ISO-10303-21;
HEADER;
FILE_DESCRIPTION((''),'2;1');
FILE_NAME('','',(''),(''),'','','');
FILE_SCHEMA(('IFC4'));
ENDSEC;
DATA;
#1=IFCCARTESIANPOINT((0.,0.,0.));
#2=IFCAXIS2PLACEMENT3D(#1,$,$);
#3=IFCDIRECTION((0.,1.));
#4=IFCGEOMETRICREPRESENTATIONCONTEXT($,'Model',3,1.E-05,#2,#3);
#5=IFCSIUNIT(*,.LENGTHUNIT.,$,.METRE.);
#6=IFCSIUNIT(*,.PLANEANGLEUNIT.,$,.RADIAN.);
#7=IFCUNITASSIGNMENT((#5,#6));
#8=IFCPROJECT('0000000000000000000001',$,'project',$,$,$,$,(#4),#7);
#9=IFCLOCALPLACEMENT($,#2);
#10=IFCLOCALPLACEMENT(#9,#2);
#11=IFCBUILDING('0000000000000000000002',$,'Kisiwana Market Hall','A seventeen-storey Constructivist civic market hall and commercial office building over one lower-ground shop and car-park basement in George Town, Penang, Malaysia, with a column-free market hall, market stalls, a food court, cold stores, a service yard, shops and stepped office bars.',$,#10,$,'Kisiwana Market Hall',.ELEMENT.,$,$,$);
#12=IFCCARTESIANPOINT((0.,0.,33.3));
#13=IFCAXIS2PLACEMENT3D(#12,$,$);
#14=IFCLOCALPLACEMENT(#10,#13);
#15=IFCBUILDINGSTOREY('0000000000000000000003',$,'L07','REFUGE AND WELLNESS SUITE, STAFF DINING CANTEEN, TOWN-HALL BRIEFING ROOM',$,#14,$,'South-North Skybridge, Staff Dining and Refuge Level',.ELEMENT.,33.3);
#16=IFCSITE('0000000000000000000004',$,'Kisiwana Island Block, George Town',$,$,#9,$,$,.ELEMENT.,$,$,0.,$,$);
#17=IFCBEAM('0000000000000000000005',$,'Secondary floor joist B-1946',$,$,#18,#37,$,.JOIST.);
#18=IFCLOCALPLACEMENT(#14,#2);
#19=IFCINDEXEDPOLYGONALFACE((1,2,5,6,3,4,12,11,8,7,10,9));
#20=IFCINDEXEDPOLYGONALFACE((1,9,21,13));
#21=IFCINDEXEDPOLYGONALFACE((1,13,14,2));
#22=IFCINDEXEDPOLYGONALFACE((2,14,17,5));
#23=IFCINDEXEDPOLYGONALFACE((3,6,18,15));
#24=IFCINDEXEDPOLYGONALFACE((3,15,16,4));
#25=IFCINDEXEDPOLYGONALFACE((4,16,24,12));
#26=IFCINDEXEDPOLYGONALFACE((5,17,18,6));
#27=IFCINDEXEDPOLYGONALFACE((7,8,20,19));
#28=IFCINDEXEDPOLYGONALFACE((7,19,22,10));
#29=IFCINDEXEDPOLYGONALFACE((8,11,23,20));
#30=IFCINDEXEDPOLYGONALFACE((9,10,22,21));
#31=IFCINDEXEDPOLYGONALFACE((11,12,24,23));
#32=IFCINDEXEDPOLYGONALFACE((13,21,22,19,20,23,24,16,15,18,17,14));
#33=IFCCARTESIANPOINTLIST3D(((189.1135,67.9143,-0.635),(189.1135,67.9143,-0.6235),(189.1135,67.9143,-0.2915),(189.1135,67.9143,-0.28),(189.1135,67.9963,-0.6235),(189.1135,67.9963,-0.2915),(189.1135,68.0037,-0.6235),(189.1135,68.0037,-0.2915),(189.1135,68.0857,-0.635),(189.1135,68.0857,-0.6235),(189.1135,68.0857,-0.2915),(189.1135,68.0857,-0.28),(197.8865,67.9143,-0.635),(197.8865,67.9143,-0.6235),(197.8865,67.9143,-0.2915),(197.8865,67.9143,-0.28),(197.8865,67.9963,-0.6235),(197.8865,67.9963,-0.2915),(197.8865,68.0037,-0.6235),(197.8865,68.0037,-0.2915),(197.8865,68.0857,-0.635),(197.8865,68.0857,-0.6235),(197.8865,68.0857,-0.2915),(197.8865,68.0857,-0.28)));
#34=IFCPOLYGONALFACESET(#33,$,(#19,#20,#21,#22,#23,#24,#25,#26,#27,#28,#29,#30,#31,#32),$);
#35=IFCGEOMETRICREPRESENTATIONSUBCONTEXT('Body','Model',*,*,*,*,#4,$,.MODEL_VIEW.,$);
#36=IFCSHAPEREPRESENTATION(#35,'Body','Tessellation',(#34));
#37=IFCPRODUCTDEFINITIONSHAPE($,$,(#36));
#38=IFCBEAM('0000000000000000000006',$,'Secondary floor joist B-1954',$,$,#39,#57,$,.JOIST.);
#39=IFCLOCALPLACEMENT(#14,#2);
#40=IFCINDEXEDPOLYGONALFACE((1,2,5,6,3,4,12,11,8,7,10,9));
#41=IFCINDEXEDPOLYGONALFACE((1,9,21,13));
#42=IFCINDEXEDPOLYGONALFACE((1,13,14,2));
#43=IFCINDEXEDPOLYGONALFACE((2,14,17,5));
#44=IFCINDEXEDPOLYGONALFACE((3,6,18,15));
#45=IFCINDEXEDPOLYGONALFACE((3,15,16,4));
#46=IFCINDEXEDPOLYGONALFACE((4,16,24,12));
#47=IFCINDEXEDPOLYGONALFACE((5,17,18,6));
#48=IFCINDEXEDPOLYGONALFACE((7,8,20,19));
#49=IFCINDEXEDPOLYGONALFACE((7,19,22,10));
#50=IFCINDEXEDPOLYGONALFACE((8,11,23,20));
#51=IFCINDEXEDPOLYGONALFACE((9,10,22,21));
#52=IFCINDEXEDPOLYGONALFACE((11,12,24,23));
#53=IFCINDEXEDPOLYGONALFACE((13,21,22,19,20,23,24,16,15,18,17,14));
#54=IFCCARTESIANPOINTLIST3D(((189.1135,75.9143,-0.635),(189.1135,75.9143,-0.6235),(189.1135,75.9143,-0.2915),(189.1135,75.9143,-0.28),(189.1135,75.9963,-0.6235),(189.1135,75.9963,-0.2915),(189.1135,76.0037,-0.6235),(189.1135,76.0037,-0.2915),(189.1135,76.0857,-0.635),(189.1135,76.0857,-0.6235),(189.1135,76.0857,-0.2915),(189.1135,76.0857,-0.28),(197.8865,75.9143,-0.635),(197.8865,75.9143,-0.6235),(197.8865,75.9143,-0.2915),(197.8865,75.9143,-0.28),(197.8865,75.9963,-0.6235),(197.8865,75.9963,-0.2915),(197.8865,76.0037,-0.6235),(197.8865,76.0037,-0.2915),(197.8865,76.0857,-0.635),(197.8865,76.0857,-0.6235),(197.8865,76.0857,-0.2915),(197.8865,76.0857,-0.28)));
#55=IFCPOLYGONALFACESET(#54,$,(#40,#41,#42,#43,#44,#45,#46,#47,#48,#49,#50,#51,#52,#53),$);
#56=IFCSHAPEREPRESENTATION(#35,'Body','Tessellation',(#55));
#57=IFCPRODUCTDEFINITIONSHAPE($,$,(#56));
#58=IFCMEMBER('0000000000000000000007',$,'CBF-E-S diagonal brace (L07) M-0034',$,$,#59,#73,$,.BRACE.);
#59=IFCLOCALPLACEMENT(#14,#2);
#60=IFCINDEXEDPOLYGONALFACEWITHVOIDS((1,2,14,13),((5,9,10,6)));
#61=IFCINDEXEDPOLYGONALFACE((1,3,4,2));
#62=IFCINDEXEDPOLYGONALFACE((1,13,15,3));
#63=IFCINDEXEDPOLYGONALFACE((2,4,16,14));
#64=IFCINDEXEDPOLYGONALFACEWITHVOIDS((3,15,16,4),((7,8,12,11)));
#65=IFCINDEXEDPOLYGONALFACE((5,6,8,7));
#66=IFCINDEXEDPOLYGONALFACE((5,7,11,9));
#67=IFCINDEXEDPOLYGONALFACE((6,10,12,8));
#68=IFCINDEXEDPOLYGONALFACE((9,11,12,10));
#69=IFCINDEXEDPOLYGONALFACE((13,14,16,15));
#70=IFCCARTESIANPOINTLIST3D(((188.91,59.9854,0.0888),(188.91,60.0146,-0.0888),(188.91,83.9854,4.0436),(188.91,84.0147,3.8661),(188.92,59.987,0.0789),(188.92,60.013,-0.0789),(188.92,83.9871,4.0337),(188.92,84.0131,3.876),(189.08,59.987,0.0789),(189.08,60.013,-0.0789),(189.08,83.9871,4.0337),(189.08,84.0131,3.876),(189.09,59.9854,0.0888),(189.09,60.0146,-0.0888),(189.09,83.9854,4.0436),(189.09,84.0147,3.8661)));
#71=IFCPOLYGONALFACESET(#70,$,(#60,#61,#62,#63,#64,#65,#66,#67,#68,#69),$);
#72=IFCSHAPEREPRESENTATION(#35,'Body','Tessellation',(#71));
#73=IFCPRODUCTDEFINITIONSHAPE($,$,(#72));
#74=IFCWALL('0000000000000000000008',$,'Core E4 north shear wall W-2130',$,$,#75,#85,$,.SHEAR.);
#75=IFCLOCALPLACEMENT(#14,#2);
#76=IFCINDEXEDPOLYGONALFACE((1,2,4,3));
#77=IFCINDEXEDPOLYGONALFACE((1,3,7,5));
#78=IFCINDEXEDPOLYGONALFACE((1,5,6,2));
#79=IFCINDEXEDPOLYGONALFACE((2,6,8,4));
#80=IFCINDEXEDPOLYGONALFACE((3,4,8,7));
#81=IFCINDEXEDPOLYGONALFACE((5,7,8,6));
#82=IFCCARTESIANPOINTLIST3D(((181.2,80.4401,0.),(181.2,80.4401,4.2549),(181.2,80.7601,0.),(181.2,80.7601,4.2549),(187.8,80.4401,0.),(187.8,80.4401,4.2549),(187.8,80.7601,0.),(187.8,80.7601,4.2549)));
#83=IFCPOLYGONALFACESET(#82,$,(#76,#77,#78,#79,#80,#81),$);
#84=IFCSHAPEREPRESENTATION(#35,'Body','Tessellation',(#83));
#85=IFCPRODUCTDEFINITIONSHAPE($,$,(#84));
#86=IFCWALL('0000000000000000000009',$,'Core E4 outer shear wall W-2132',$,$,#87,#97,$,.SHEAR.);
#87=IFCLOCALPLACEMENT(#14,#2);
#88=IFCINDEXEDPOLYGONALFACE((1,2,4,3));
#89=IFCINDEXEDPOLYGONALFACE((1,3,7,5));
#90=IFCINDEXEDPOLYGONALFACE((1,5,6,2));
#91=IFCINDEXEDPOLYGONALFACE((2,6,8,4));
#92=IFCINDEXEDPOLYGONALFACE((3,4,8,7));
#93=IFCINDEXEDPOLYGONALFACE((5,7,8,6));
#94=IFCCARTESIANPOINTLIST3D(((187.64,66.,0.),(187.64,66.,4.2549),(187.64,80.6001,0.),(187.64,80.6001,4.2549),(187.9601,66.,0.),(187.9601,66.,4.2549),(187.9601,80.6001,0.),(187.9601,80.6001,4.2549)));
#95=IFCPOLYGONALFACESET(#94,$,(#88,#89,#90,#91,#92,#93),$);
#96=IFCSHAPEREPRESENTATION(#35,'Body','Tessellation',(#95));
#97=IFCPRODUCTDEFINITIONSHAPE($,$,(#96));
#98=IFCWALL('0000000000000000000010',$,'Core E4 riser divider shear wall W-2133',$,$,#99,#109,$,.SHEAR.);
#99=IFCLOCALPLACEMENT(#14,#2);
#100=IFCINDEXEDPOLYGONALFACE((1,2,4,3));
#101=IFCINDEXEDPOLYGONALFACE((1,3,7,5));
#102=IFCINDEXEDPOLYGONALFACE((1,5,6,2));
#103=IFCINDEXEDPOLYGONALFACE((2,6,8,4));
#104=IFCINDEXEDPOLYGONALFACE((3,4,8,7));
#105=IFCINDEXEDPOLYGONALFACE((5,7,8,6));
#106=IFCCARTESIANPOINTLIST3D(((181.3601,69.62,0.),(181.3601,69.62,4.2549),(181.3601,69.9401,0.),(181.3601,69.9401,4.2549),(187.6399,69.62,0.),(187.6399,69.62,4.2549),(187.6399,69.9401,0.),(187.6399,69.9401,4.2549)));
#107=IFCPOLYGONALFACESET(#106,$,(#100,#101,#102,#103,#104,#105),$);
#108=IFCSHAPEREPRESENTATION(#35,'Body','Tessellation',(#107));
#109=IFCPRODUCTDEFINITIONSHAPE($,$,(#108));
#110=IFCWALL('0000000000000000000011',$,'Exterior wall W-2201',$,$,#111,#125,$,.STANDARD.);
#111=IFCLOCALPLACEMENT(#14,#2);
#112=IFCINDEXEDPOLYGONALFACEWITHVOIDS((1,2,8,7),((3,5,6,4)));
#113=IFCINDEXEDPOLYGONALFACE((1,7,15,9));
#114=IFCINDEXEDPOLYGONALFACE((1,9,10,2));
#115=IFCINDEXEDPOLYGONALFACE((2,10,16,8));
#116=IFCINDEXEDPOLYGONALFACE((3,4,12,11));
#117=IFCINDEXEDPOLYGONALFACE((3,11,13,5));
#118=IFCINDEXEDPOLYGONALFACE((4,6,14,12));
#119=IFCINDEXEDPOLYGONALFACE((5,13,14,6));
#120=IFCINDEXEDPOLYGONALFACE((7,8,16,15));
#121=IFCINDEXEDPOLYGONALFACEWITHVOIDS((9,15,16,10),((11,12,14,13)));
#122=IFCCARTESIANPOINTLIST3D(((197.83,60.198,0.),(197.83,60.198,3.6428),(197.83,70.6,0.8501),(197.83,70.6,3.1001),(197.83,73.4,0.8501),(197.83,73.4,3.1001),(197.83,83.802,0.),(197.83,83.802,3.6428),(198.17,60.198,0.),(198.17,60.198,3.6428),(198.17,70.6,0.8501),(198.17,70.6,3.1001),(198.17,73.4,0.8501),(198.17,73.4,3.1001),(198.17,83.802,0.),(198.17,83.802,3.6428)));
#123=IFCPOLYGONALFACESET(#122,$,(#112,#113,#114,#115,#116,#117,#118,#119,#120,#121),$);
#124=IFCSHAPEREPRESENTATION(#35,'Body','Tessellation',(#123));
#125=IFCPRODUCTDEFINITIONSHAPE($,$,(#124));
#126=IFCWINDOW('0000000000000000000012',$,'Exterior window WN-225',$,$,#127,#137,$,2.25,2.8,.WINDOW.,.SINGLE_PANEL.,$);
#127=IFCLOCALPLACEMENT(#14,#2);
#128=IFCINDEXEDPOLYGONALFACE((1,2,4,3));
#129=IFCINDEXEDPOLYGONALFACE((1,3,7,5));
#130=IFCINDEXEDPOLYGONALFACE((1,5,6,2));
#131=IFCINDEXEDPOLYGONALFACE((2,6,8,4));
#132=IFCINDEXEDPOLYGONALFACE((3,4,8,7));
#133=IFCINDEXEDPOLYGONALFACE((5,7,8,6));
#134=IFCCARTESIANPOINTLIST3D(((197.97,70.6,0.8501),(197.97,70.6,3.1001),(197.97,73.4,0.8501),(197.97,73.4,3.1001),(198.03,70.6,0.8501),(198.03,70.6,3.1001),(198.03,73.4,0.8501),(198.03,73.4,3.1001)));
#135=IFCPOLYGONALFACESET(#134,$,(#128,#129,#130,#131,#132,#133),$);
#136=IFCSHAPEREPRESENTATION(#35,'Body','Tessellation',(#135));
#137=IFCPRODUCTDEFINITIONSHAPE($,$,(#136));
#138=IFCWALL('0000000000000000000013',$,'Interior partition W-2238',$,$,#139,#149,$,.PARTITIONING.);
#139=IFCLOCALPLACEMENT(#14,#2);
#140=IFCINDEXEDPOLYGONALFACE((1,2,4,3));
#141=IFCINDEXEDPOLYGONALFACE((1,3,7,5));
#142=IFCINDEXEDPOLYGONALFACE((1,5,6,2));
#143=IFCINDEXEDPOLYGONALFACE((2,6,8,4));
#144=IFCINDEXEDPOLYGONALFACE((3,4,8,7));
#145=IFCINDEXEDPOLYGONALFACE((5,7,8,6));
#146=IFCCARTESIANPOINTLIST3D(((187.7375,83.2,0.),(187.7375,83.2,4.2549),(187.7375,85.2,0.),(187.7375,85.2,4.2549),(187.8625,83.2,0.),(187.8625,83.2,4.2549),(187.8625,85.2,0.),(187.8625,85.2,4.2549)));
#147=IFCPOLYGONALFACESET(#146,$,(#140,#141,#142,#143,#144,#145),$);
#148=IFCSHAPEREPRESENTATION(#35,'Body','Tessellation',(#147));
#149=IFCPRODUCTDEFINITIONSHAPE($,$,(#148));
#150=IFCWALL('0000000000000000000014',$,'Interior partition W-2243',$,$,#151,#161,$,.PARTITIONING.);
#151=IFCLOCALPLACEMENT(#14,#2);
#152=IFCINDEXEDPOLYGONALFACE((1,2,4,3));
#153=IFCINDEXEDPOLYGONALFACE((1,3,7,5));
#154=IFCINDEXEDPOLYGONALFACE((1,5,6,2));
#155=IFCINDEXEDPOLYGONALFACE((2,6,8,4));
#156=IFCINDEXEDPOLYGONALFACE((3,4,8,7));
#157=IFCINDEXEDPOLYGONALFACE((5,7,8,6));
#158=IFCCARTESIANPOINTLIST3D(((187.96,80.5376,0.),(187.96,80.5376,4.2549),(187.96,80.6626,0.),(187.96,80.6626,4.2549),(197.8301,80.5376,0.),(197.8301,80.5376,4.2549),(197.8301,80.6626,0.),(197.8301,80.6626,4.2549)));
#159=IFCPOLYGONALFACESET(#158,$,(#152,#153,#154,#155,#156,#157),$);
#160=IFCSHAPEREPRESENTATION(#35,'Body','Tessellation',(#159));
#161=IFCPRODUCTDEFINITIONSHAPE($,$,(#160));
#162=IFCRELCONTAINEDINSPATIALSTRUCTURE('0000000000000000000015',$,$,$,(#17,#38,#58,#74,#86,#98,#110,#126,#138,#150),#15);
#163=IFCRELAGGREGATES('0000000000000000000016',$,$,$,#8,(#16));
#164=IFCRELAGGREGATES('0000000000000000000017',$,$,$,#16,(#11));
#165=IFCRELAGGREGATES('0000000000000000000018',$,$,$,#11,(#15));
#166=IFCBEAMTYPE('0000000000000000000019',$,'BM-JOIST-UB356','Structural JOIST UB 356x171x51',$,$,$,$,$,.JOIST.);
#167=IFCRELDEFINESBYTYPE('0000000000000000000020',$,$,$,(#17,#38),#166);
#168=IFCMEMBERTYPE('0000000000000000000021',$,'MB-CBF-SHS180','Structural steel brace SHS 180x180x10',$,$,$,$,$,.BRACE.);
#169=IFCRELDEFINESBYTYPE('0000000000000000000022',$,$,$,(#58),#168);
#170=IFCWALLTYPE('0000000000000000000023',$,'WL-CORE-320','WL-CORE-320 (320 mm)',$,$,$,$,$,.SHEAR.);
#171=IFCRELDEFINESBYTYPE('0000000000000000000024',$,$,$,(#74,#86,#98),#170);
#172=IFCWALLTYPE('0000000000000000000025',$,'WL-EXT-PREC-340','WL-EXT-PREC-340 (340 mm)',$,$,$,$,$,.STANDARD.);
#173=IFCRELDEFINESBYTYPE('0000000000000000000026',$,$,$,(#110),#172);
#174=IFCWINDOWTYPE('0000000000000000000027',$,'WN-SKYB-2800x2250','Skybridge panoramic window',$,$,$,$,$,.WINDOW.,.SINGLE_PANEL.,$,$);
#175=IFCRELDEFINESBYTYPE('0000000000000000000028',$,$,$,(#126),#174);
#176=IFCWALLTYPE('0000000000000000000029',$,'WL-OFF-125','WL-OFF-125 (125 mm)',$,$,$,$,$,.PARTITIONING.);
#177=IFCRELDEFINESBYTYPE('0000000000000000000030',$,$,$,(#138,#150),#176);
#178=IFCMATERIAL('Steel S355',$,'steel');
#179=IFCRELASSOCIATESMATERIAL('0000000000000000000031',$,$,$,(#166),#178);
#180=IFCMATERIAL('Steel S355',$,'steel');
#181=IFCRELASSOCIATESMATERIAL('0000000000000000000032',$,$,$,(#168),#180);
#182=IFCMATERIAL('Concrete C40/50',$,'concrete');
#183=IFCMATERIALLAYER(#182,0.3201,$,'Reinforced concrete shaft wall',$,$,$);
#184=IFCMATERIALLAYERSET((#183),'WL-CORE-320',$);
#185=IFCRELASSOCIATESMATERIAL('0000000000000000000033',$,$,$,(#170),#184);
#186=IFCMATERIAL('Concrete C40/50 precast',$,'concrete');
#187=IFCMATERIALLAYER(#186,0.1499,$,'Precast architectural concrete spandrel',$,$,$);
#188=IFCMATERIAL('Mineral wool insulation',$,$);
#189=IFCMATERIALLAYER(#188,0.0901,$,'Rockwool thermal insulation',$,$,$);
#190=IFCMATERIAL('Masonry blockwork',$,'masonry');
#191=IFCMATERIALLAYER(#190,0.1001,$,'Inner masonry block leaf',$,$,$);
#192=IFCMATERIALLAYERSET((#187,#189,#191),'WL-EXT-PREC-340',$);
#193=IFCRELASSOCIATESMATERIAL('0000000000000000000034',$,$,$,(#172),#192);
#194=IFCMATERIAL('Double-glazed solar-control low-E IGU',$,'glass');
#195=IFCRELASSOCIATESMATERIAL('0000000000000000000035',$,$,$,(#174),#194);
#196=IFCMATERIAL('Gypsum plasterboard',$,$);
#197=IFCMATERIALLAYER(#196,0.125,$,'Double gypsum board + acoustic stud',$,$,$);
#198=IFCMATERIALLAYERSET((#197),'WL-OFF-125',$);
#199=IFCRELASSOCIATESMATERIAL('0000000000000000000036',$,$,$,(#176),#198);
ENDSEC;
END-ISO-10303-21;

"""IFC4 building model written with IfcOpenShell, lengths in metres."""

from ifc_helpers import new_model, si_unit, direction, frame, frame_2d, origin, origin_2d, place, context, subcontext, project, spatial, rectangle, hollow_rectangle, i_section, extrude, material, layer, layer_set, material_profile, profile_set, type_object, element, fill, save


model = new_model("IFC4")

# Units and contexts
model_context = context("Model", 3, precision=1e-05, world=origin(), true_north=direction((0.0, 1.0)))
body_context = subcontext(model_context, "Body", "Model", "MODEL_VIEW")
ifc_project = project(units=[si_unit("LENGTHUNIT", "METRE"), si_unit("PLANEANGLEUNIT", "RADIAN")], contexts=[model_context])

# Site, building, storey
site_placement = place(None, origin())
site = spatial("IfcSite", under=ifc_project, at=site_placement, Name="Kisiwana Island Block, George Town", CompositionType="ELEMENT", RefElevation=0.0)
building_placement = place(site_placement, origin())
building = spatial("IfcBuilding", under=site, at=building_placement, Name="Kisiwana Market Hall", Description="A seventeen-storey Constructivist civic market hall and commercial office building over one lower-ground shop and car-park basement in George Town, Penang, Malaysia, with a column-free market hall, market stalls, a food court, cold stores, a service yard, shops and stepped office bars.", LongName="Kisiwana Market Hall", CompositionType="ELEMENT")
storey_placement = place(building_placement, frame((0.0, 0.0, 33.3)))
storey = spatial("IfcBuildingStorey", under=building, at=storey_placement, Name="L07", Description="REFUGE AND WELLNESS SUITE, STAFF DINING CANTEEN, TOWN-HALL BRIEFING ROOM", LongName="South-North Skybridge, Staff Dining and Refuge Level", CompositionType="ELEMENT", Elevation=33.3)

# Beams
ifc_material_1 = material(Name="Steel S355", Category="steel")
ifc_material_profile_1 = material_profile(ifc_material_1, i_section(OverallWidth=0.1714, OverallDepth=0.355, WebThickness=0.0073, FlangeThickness=0.0115, at=origin_2d()), Name="UB 356x171x51")
ifc_profile_set_1 = profile_set([ifc_material_profile_1], Name="Steel S355")
beam_type_1 = type_object("IfcBeamType", Name="BM-JOIST-UB356", Description="Structural JOIST UB 356x171x51", PredefinedType="JOIST", material=ifc_profile_set_1)
for number, where, z_axis, x_axis, name in (
    (1, (189.1135, 68.0, -0.4575), (1.0, 0.0, 0.0), (0.0, 1.0, 0.0), "Secondary floor joist B-1946"),
    (2, (189.1135, 76.0, -0.4575), (1.0, 0.0, 0.0), (0.0, 1.0, 0.0), "Secondary floor joist B-1954"),
):
    element("IfcBeam", number, at=place(storey_placement, frame(where, z_axis=z_axis, x_axis=x_axis)), inside=storey, type_object=beam_type_1, Name=name, PredefinedType="JOIST", context=body_context, shape_type="SweptSolid", body=[
        extrude(i_section(OverallWidth=0.1714, OverallDepth=0.355, WebThickness=0.0073, FlangeThickness=0.0115, at=origin_2d()), origin(), (0.0, 0.0, 1.0), 8.7729),
    ])

# Member
ifc_material_2 = material(Name="Steel S355", Category="steel")
ifc_material_profile_2 = material_profile(ifc_material_2, hollow_rectangle(XDim=0.1799, YDim=0.1799, WallThickness=0.01, at=origin_2d()), Name="SHS 180x180x10")
ifc_profile_set_2 = profile_set([ifc_material_profile_2], Name="Steel S355")
member_type = type_object("IfcMemberType", Name="MB-CBF-SHS180", Description="Structural steel brace SHS 180x180x10", PredefinedType="BRACE", material=ifc_profile_set_2)
member_placement = place(storey_placement, frame((189.0, 60.0, 0.0), z_axis=(0.0, 0.986693, 0.162592), x_axis=(-1.0, 0.0, 0.0)))
element("IfcMember", 3, at=member_placement, inside=storey, type_object=member_type, Name="CBF-E-S diagonal brace (L07) M-0034", PredefinedType="BRACE", context=body_context, shape_type="SweptSolid", body=[
    extrude(hollow_rectangle(XDim=0.1799, YDim=0.1799, WallThickness=0.01, at=origin_2d()), origin(), (0.0, 0.0, 1.0), 24.3237),
])

# Walls
ifc_material_3 = material(Name="Concrete C40/50", Category="concrete")
ifc_layer_1 = layer(ifc_material_3, 0.3201, Name="Reinforced concrete shaft wall")
ifc_layer_set_1 = layer_set([ifc_layer_1], Name="WL-CORE-320")
wall_type_1 = type_object("IfcWallType", Name="WL-CORE-320", Description="WL-CORE-320 (320 mm)", PredefinedType="SHEAR", material=ifc_layer_set_1)
wall_1_placement = place(storey_placement, frame((181.2, 80.6001, 0.0), z_axis=(0.0, 0.0, 1.0), x_axis=(1.0, 0.0, 0.0)))
element("IfcWall", 4, at=wall_1_placement, inside=storey, type_object=wall_type_1, Name="Core E4 north shear wall W-2130", PredefinedType="SHEAR", context=body_context, shape_type="SweptSolid", body=[
    extrude(rectangle(XDim=6.6001, YDim=0.3201, at=frame_2d((3.3, 0.0))), origin(), (0.0, 0.0, 1.0), 4.2549),
])
wall_2_placement = place(storey_placement, frame((187.8, 66.0, 0.0), z_axis=(0.0, 0.0, 1.0), x_axis=(0.0, 1.0, 0.0)))
element("IfcWall", 5, at=wall_2_placement, inside=storey, type_object=wall_type_1, Name="Core E4 outer shear wall W-2132", PredefinedType="SHEAR", context=body_context, shape_type="SweptSolid", body=[
    extrude(rectangle(XDim=14.6001, YDim=0.3201, at=frame_2d((7.3, 0.0))), origin(), (0.0, 0.0, 1.0), 4.2549),
])
wall_3_placement = place(storey_placement, frame((181.3601, 69.78, 0.0), z_axis=(0.0, 0.0, 1.0), x_axis=(1.0, 0.0, 0.0)))
element("IfcWall", 6, at=wall_3_placement, inside=storey, type_object=wall_type_1, Name="Core E4 riser divider shear wall W-2133", PredefinedType="SHEAR", context=body_context, shape_type="SweptSolid", body=[
    extrude(rectangle(XDim=6.2798, YDim=0.3201, at=frame_2d((3.1399, 0.0))), origin(), (0.0, 0.0, 1.0), 4.2549),
])

# Wall, opening, window
ifc_material_4 = material(Name="Concrete C40/50 precast", Category="concrete")
ifc_layer_2 = layer(ifc_material_4, 0.1499, Name="Precast architectural concrete spandrel")
ifc_material_5 = material(Name="Mineral wool insulation")
ifc_layer_3 = layer(ifc_material_5, 0.0901, Name="Rockwool thermal insulation")
ifc_material_6 = material(Name="Masonry blockwork", Category="masonry")
ifc_layer_4 = layer(ifc_material_6, 0.1001, Name="Inner masonry block leaf")
ifc_layer_set_2 = layer_set([ifc_layer_2, ifc_layer_3, ifc_layer_4], Name="WL-EXT-PREC-340")
wall_type_2 = type_object("IfcWallType", Name="WL-EXT-PREC-340", Description="WL-EXT-PREC-340 (340 mm)", PredefinedType="STANDARD", material=ifc_layer_set_2)
wall_4_placement = place(storey_placement, frame((198.0, 60.198, 0.0), z_axis=(0.0, 0.0, 1.0), x_axis=(0.0, 1.0, 0.0)))
wall_4 = element("IfcWall", 7, at=wall_4_placement, inside=storey, type_object=wall_type_2, Name="Exterior wall W-2201", PredefinedType="STANDARD", context=body_context, shape_type="SweptSolid", body=[
    extrude(rectangle(XDim=23.604, YDim=0.3401, at=frame_2d((11.802, 0.0))), origin(), (0.0, 0.0, 1.0), 3.6428),
])
opening_1_placement = place(wall_4_placement, frame((10.4021, 0.0, 0.8501)))
opening_1 = element("IfcOpeningElement", 8, at=opening_1_placement, cuts=wall_4, PredefinedType="OPENING", context=body_context, shape_type="SweptSolid", body=[
    extrude(rectangle(XDim=2.8, YDim=2.25, at=frame_2d((1.3999, 1.125))), frame((0.0, 0.1821, 0.0), z_axis=(0.0, -1.0, 0.0), x_axis=(1.0, 0.0, 0.0)), (0.0, 0.0, 1.0), 0.364),
])
ifc_material_7 = material(Name="Double-glazed solar-control low-E IGU", Category="glass")
window_type = type_object("IfcWindowType", Name="WN-SKYB-2800x2250", Description="Skybridge panoramic window", PartitioningType="SINGLE_PANEL", PredefinedType="WINDOW", material=ifc_material_7)
window_placement = place(opening_1_placement, origin())
window = element("IfcWindow", 9, at=window_placement, inside=storey, type_object=window_type, Name="Exterior window WN-225", OverallHeight=2.25, OverallWidth=2.8, PartitioningType="SINGLE_PANEL", PredefinedType="WINDOW", context=body_context, shape_type="SweptSolid", body=[
    extrude(rectangle(XDim=2.8, YDim=2.25, at=frame_2d((1.3999, 1.125))), frame((0.0, 0.03, 0.0), z_axis=(0.0, -1.0, 0.0), x_axis=(1.0, 0.0, 0.0)), (0.0, 0.0, 1.0), 0.0601),
])
fill(opening_1, window)

# Walls
ifc_material_8 = material(Name="Gypsum plasterboard")
ifc_layer_5 = layer(ifc_material_8, 0.125, Name="Double gypsum board + acoustic stud")
ifc_layer_set_3 = layer_set([ifc_layer_5], Name="WL-OFF-125")
wall_type_3 = type_object("IfcWallType", Name="WL-OFF-125", Description="WL-OFF-125 (125 mm)", PredefinedType="PARTITIONING", material=ifc_layer_set_3)
wall_5_placement = place(storey_placement, frame((187.8, 83.2, 0.0), z_axis=(0.0, 0.0, 1.0), x_axis=(0.0, 1.0, 0.0)))
element("IfcWall", 10, at=wall_5_placement, inside=storey, type_object=wall_type_3, Name="Interior partition W-2238", PredefinedType="PARTITIONING", context=body_context, shape_type="SweptSolid", body=[
    extrude(rectangle(XDim=2.0, YDim=0.125, at=frame_2d((1.0, 0.0))), origin(), (0.0, 0.0, 1.0), 4.2549),
])
wall_6_placement = place(storey_placement, frame((187.96, 80.6001, 0.0), z_axis=(0.0, 0.0, 1.0), x_axis=(1.0, 0.0, 0.0)))
element("IfcWall", 11, at=wall_6_placement, inside=storey, type_object=wall_type_3, Name="Interior partition W-2243", PredefinedType="PARTITIONING", context=body_context, shape_type="SweptSolid", body=[
    extrude(rectangle(XDim=9.8701, YDim=0.125, at=frame_2d((4.9351, 0.0))), origin(), (0.0, 0.0, 1.0), 4.2549),
])

save(model, "model.ifc")
